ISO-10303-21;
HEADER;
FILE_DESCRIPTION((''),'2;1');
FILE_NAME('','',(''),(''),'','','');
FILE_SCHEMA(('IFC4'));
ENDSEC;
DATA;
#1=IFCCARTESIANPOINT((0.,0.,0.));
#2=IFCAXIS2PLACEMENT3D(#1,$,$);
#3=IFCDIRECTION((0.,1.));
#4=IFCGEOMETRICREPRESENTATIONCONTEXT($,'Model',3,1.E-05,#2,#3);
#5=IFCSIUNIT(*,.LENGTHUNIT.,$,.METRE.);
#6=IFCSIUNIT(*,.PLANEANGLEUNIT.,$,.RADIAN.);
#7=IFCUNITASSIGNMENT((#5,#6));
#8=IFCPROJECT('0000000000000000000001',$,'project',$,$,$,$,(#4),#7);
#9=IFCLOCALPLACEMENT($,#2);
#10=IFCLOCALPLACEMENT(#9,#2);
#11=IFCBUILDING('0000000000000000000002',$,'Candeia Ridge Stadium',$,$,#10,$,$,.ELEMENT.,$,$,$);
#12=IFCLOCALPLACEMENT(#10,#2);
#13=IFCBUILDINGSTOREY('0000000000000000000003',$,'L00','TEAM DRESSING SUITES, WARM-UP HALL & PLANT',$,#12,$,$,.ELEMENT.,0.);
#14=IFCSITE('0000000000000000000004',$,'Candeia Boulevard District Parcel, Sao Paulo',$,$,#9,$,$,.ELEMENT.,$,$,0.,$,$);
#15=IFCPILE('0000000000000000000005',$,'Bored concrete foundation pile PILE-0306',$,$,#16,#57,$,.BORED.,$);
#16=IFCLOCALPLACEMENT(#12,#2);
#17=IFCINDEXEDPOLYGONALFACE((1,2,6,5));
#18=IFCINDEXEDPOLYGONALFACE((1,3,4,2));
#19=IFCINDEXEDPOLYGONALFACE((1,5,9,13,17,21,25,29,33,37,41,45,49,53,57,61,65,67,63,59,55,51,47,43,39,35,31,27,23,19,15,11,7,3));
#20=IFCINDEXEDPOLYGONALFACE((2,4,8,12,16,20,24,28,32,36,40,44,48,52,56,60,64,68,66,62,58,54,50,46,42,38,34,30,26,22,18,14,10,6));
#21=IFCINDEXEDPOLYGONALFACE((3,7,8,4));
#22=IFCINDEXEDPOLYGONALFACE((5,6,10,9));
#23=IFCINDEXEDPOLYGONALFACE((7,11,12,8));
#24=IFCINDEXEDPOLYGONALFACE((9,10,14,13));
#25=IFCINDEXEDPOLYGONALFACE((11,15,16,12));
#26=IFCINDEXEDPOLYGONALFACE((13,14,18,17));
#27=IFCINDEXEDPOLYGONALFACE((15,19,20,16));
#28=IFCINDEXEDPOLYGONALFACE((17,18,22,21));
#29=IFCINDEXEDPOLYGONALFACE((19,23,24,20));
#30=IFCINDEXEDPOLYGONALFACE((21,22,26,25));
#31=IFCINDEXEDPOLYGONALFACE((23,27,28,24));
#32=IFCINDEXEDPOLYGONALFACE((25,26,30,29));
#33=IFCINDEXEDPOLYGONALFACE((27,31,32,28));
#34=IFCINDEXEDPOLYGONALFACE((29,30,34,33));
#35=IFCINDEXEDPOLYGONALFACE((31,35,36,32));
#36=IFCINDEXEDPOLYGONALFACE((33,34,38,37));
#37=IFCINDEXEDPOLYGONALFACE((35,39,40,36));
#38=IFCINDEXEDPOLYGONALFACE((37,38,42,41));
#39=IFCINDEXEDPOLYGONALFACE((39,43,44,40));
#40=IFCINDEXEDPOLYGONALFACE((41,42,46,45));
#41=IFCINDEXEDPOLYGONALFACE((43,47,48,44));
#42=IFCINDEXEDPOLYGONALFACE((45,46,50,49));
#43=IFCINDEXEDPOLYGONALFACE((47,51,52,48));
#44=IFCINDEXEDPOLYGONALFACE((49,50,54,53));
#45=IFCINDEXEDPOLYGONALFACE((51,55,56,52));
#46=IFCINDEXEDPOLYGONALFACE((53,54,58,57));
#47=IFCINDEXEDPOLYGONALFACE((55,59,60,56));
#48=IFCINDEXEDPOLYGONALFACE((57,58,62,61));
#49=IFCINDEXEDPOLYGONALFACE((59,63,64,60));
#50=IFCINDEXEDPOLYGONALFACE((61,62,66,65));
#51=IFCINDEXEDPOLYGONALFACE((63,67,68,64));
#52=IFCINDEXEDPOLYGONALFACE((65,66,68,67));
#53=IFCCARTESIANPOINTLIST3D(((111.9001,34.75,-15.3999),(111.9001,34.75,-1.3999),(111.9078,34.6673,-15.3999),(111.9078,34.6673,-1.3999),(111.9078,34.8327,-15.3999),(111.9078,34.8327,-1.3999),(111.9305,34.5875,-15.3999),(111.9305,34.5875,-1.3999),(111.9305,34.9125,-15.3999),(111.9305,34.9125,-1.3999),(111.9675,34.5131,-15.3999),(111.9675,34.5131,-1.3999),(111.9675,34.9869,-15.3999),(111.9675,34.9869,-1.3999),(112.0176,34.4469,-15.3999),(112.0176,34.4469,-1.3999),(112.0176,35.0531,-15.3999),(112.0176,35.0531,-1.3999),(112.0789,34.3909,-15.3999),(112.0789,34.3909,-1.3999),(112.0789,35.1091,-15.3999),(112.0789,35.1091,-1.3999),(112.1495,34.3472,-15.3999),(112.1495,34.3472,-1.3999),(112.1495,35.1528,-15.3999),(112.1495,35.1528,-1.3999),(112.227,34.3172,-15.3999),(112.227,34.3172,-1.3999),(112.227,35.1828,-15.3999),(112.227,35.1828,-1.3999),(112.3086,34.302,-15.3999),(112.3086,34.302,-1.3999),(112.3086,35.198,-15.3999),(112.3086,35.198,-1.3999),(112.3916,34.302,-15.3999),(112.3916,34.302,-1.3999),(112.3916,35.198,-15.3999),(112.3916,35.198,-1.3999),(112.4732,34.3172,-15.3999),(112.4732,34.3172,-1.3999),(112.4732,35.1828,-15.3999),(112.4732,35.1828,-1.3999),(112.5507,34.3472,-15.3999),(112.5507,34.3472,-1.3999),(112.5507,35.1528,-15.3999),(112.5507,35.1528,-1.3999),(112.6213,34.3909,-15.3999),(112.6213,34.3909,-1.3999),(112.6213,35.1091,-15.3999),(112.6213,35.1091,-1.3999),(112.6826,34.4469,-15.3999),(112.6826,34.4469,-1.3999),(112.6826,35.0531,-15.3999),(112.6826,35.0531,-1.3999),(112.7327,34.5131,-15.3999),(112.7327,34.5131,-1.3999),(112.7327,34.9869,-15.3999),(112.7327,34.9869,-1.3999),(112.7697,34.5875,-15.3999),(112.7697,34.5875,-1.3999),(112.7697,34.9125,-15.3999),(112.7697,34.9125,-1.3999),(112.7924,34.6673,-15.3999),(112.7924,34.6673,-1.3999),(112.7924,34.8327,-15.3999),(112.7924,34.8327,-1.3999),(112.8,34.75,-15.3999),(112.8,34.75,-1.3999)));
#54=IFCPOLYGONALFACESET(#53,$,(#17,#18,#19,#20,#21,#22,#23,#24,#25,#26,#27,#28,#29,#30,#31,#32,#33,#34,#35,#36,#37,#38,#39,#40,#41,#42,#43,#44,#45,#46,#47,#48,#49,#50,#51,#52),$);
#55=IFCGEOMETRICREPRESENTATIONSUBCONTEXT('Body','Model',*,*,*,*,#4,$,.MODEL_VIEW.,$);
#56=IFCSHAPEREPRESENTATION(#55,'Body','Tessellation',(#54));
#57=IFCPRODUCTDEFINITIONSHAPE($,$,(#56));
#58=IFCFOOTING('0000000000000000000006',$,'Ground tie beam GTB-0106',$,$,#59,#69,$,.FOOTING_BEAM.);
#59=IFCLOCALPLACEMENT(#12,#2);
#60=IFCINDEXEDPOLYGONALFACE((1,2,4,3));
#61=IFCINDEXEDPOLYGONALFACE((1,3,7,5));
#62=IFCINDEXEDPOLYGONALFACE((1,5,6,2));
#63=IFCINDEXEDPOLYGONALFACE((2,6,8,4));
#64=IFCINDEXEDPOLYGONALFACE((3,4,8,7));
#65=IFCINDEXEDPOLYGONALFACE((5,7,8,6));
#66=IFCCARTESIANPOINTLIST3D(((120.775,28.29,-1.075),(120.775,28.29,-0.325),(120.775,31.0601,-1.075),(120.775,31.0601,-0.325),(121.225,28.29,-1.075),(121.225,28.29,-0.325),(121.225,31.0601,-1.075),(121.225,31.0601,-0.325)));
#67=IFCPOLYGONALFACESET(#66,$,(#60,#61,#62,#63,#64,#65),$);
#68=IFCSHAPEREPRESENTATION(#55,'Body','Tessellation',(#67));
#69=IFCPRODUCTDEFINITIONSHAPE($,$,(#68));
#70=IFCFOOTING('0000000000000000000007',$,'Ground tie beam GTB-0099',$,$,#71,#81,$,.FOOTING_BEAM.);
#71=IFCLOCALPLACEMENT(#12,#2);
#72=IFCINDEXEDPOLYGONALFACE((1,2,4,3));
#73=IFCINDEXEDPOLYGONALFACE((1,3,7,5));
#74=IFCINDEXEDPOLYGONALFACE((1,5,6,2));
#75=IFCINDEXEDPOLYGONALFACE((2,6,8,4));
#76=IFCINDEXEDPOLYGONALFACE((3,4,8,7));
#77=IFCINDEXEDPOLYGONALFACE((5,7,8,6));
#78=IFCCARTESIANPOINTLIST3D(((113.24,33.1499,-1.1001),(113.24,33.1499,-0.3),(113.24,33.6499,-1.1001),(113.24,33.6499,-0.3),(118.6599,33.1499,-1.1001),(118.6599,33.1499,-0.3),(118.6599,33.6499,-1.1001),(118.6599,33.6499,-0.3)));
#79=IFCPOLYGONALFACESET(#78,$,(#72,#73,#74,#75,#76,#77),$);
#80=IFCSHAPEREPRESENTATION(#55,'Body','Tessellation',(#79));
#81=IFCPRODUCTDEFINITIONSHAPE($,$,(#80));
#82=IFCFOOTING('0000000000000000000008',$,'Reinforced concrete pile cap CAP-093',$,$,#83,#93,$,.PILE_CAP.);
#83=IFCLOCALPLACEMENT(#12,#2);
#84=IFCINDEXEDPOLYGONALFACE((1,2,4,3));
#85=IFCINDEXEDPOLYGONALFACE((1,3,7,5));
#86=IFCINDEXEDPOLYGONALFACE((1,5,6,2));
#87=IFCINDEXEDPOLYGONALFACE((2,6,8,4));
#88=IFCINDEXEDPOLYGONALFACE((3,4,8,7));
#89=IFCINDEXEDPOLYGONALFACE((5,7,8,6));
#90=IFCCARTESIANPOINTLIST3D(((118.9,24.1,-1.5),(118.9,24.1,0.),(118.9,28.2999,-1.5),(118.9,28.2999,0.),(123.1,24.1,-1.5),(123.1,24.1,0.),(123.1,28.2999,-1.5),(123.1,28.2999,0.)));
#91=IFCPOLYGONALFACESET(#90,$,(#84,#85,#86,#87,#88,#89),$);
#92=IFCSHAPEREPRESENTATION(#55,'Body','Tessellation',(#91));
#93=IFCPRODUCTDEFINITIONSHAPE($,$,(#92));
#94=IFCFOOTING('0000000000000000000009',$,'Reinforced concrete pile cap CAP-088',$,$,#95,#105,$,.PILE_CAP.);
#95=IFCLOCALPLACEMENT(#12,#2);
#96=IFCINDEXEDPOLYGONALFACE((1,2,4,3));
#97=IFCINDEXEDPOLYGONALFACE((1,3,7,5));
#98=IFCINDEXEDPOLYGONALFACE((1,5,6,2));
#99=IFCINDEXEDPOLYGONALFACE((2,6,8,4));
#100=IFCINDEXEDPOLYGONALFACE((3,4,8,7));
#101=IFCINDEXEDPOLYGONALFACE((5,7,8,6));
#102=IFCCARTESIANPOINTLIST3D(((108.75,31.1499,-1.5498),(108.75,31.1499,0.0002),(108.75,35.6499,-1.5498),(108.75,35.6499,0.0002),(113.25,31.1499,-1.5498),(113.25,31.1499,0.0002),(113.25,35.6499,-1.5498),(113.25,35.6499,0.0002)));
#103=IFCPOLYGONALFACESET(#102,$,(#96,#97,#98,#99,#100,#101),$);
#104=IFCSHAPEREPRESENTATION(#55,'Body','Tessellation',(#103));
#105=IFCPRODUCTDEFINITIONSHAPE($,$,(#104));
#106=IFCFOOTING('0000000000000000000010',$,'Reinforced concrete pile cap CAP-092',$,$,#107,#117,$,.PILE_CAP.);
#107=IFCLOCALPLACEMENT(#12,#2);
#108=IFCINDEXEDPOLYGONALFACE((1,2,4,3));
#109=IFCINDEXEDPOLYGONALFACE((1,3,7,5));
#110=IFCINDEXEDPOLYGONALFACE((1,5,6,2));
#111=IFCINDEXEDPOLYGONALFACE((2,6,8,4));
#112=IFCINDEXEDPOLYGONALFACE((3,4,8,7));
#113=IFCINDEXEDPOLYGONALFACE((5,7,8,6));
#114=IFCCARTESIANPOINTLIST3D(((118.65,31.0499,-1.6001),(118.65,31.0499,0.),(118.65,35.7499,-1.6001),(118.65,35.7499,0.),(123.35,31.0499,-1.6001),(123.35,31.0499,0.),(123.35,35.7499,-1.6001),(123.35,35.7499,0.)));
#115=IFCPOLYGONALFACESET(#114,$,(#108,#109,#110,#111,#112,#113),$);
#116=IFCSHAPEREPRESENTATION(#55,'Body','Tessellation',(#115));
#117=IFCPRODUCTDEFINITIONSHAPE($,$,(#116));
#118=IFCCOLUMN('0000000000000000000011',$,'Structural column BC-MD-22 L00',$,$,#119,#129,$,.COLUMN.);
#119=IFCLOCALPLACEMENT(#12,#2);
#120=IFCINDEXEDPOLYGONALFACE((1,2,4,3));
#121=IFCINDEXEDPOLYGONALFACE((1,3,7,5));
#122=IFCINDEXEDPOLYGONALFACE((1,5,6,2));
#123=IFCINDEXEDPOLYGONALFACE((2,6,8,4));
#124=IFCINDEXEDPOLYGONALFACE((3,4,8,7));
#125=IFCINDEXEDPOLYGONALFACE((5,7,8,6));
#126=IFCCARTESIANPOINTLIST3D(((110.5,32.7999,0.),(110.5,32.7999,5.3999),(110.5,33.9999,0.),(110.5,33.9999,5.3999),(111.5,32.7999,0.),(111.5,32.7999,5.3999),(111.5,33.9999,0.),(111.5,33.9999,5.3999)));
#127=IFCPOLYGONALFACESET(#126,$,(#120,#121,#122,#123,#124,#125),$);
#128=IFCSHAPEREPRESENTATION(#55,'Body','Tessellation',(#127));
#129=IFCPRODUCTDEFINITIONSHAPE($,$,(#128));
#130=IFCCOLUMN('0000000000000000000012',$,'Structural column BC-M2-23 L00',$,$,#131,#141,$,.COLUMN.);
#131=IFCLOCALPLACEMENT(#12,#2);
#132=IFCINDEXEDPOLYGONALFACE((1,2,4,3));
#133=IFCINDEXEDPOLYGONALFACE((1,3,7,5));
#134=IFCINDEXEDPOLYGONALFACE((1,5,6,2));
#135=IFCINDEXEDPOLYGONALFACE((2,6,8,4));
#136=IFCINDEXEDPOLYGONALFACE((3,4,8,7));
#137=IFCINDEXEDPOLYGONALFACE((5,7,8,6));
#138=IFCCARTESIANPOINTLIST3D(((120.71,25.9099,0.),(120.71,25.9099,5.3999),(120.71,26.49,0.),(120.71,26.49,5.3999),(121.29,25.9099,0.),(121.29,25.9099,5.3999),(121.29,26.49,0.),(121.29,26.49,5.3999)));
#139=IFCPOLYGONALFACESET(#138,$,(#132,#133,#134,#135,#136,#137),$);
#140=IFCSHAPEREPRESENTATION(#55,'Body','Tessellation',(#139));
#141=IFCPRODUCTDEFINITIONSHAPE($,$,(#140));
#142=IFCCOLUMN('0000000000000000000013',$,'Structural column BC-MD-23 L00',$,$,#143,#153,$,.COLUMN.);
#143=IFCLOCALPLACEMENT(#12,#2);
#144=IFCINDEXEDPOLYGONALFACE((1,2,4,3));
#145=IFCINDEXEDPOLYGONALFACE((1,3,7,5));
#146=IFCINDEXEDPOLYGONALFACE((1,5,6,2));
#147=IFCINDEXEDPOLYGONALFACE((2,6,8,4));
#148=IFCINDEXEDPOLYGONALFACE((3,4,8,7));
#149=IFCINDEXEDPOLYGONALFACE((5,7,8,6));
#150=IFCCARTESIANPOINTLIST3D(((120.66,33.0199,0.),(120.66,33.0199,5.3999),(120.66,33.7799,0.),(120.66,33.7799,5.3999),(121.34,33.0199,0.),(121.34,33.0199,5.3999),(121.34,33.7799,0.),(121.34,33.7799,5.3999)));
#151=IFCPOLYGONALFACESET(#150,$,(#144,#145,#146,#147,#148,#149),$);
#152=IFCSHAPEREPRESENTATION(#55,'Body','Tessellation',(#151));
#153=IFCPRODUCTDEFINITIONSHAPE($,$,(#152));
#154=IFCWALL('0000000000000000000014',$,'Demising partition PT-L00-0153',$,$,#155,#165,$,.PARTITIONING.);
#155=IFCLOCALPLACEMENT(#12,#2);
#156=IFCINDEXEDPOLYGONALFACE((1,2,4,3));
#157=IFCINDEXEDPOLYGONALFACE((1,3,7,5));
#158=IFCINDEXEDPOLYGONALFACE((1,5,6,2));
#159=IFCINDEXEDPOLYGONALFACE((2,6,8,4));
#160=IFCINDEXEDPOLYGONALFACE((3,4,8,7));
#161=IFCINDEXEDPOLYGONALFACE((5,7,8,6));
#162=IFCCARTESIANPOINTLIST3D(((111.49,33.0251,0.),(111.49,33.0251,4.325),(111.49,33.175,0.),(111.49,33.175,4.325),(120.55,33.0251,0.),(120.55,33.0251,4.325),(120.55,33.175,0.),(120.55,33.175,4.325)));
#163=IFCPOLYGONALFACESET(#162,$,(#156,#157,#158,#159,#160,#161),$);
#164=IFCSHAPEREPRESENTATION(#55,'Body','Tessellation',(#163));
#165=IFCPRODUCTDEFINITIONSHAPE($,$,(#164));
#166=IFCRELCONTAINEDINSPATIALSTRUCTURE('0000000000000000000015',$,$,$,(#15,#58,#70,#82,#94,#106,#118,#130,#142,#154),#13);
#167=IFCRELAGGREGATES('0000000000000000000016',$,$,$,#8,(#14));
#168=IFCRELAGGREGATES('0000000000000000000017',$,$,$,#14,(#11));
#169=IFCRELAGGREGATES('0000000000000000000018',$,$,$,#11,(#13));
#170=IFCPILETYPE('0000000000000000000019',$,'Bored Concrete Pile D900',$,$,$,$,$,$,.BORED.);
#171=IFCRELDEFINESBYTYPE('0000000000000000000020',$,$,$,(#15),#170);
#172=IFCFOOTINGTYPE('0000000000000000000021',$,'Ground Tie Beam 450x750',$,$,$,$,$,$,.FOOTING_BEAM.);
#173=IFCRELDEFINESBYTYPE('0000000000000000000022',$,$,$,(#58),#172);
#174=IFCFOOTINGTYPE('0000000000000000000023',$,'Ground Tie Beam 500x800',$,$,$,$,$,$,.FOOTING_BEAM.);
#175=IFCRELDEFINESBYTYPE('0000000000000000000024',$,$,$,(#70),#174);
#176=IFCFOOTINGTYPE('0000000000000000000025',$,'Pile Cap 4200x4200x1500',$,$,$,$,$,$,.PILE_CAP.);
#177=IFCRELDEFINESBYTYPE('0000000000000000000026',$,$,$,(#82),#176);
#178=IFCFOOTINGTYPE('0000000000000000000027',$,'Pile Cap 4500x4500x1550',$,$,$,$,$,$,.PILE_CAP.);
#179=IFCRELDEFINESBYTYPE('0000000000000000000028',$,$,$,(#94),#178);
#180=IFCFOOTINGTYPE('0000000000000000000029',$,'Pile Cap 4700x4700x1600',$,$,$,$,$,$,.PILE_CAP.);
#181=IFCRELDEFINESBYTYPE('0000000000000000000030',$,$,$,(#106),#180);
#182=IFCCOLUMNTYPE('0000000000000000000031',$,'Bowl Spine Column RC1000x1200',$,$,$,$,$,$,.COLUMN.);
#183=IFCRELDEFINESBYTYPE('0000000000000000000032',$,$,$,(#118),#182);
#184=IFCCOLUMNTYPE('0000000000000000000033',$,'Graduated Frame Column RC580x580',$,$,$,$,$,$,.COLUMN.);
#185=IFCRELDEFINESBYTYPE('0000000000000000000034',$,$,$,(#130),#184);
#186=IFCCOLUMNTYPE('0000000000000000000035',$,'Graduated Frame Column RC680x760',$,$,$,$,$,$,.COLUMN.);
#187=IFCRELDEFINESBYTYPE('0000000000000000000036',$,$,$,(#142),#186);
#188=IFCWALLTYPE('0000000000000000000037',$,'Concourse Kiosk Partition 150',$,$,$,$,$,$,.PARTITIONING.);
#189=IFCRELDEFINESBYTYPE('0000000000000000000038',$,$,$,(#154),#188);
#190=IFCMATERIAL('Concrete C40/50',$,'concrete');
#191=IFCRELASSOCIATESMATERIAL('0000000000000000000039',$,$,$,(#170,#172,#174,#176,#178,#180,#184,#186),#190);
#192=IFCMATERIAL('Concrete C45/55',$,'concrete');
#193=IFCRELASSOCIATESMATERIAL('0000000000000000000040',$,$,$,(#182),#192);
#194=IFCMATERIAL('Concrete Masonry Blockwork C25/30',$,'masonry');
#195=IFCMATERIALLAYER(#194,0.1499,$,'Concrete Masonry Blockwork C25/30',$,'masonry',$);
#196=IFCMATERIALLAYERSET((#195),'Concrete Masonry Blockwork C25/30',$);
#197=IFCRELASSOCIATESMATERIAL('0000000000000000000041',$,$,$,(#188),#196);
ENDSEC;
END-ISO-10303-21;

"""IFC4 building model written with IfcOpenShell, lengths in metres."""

from ifc_helpers import new_model, si_unit, direction, frame, frame_2d, origin, origin_2d, place, context, subcontext, project, spatial, rectangle, circle, extrude, material, layer, layer_set, material_profile, profile_set, type_object, element, save


model = new_model("IFC4")

# Units and contexts
model_context = context("Model", 3, precision=1e-05, world=origin(), true_north=direction((0.0, 1.0)))
body_context = subcontext(model_context, "Body", "Model", "MODEL_VIEW")
ifc_project = project(units=[si_unit("LENGTHUNIT", "METRE"), si_unit("PLANEANGLEUNIT", "RADIAN")], contexts=[model_context])

# Site, building, storey
site_placement = place(None, origin())
site = spatial("IfcSite", under=ifc_project, at=site_placement, Name="Candeia Boulevard District Parcel, Sao Paulo", CompositionType="ELEMENT", RefElevation=0.0)
building_placement = place(site_placement, origin())
building = spatial("IfcBuilding", under=site, at=building_placement, Name="Candeia Ridge Stadium", CompositionType="ELEMENT")
storey_placement = place(building_placement, origin())
storey = spatial("IfcBuildingStorey", under=building, at=storey_placement, Name="L00", Description="TEAM DRESSING SUITES, WARM-UP HALL & PLANT", CompositionType="ELEMENT", Elevation=0.0)

# Pile
ifc_material_1 = material(Name="Concrete C40/50", Category="concrete")
ifc_material_profile_1 = material_profile(ifc_material_1, circle(Radius=0.45, at=origin_2d()), Name="PILE-D900", Category="concrete")
ifc_profile_set_1 = profile_set([ifc_material_profile_1], Name="Concrete C40/50")
pile_type_1 = type_object("IfcPileType", Name="Bored Concrete Pile D900", PredefinedType="BORED", material=ifc_profile_set_1)
for number, where, z_axis, x_axis, name in (
    (1, (112.3501, 34.75, -1.3999), (0.0, 0.0, -1.0), (1.0, 0.0, 0.0), "Bored concrete foundation pile PILE-0306"),
):
    element("IfcPile", number, at=place(storey_placement, frame(where, z_axis=z_axis, x_axis=x_axis)), inside=storey, type_object=pile_type_1, Name=name, PredefinedType="BORED", context=body_context, shape_type="SweptSolid", body=[
        extrude(circle(Radius=0.45, at=origin_2d()), origin(), (0.0, 0.0, 1.0), 14.0),
    ])

# Footings
footing_type_1 = type_object("IfcFootingType", Name="Ground Tie Beam 450x750", PredefinedType="FOOTING_BEAM", material=ifc_material_1)
footing_1_placement = place(storey_placement, frame((121.0, 29.675, -1.075), z_axis=(0.0, 0.0, 1.0), x_axis=(0.0, -1.0, 0.0)))
element("IfcFooting", 2, at=footing_1_placement, inside=storey, type_object=footing_type_1, Name="Ground tie beam GTB-0106", PredefinedType="FOOTING_BEAM", context=body_context, shape_type="SweptSolid", body=[
    extrude(rectangle(XDim=2.77, YDim=0.45, at=origin_2d()), origin(), (0.0, 0.0, 1.0), 0.75),
])
footing_type_2 = type_object("IfcFootingType", Name="Ground Tie Beam 500x800", PredefinedType="FOOTING_BEAM", material=ifc_material_1)
footing_2_placement = place(storey_placement, frame((115.95, 33.3999, -1.1001), z_axis=(0.0, 0.0, 1.0), x_axis=(1.0, 0.0, 0.0)))
element("IfcFooting", 3, at=footing_2_placement, inside=storey, type_object=footing_type_2, Name="Ground tie beam GTB-0099", PredefinedType="FOOTING_BEAM", context=body_context, shape_type="SweptSolid", body=[
    extrude(rectangle(XDim=5.4199, YDim=0.5, at=origin_2d()), origin(), (0.0, 0.0, 1.0), 0.8),
])
footing_type_3 = type_object("IfcFootingType", Name="Pile Cap 4200x4200x1500", PredefinedType="PILE_CAP", material=ifc_material_1)
footing_3_placement = place(storey_placement, frame((121.0, 26.2, -1.5), z_axis=(0.0, 0.0, 1.0), x_axis=(1.0, 0.0, 0.0)))
element("IfcFooting", 4, at=footing_3_placement, inside=storey, type_object=footing_type_3, Name="Reinforced concrete pile cap CAP-093", PredefinedType="PILE_CAP", context=body_context, shape_type="SweptSolid", body=[
    extrude(rectangle(XDim=4.2, YDim=4.2, at=origin_2d()), origin(), (0.0, 0.0, 1.0), 1.5),
])
footing_type_4 = type_object("IfcFootingType", Name="Pile Cap 4500x4500x1550", PredefinedType="PILE_CAP", material=ifc_material_1)
footing_4_placement = place(storey_placement, frame((111.0, 33.3999, -1.5498), z_axis=(0.0, 0.0, 1.0), x_axis=(1.0, 0.0, 0.0)))
element("IfcFooting", 5, at=footing_4_placement, inside=storey, type_object=footing_type_4, Name="Reinforced concrete pile cap CAP-088", PredefinedType="PILE_CAP", context=body_context, shape_type="SweptSolid", body=[
    extrude(rectangle(XDim=4.5, YDim=4.5, at=origin_2d()), origin(), (0.0, 0.0, 1.0), 1.55),
])
footing_type_5 = type_object("IfcFootingType", Name="Pile Cap 4700x4700x1600", PredefinedType="PILE_CAP", material=ifc_material_1)
footing_5_placement = place(storey_placement, frame((121.0, 33.3999, -1.6001), z_axis=(0.0, 0.0, 1.0), x_axis=(1.0, 0.0, 0.0)))
element("IfcFooting", 6, at=footing_5_placement, inside=storey, type_object=footing_type_5, Name="Reinforced concrete pile cap CAP-092", PredefinedType="PILE_CAP", context=body_context, shape_type="SweptSolid", body=[
    extrude(rectangle(XDim=4.7, YDim=4.7, at=origin_2d()), origin(), (0.0, 0.0, 1.0), 1.6001),
])

# Columns
ifc_material_2 = material(Name="Concrete C45/55", Category="concrete")
ifc_material_profile_2 = material_profile(ifc_material_2, rectangle(XDim=1.0, YDim=1.2, at=origin_2d()), Name="RC1000x1200", Category="concrete")
ifc_profile_set_2 = profile_set([ifc_material_profile_2], Name="Concrete C45/55")
column_type_1 = type_object("IfcColumnType", Name="Bowl Spine Column RC1000x1200", PredefinedType="COLUMN", material=ifc_profile_set_2)
column_1_placement = place(storey_placement, frame((111.0, 33.3999, 0.0), z_axis=(0.0, 0.0, 1.0), x_axis=(1.0, 0.0, 0.0)))
element("IfcColumn", 7, at=column_1_placement, inside=storey, type_object=column_type_1, Name="Structural column BC-MD-22 L00", PredefinedType="COLUMN", context=body_context, shape_type="SweptSolid", body=[
    extrude(rectangle(XDim=1.0, YDim=1.2, at=origin_2d()), origin(), (0.0, 0.0, 1.0), 5.3999),
])
ifc_material_profile_3 = material_profile(ifc_material_1, rectangle(XDim=0.5801, YDim=0.5801, at=origin_2d()), Name="RC580x580", Category="concrete")
ifc_profile_set_3 = profile_set([ifc_material_profile_3], Name="Concrete C40/50")
column_type_2 = type_object("IfcColumnType", Name="Graduated Frame Column RC580x580", PredefinedType="COLUMN", material=ifc_profile_set_3)
column_2_placement = place(storey_placement, frame((121.0, 26.2, 0.0), z_axis=(0.0, 0.0, 1.0), x_axis=(1.0, 0.0, 0.0)))
element("IfcColumn", 8, at=column_2_placement, inside=storey, type_object=column_type_2, Name="Structural column BC-M2-23 L00", PredefinedType="COLUMN", context=body_context, shape_type="SweptSolid", body=[
    extrude(rectangle(XDim=0.5801, YDim=0.5801, at=origin_2d()), origin(), (0.0, 0.0, 1.0), 5.3999),
])
ifc_material_profile_4 = material_profile(ifc_material_1, rectangle(XDim=0.6799, YDim=0.76, at=origin_2d()), Name="RC680x760", Category="concrete")
ifc_profile_set_4 = profile_set([ifc_material_profile_4], Name="Concrete C40/50")
column_type_3 = type_object("IfcColumnType", Name="Graduated Frame Column RC680x760", PredefinedType="COLUMN", material=ifc_profile_set_4)
column_3_placement = place(storey_placement, frame((121.0, 33.3999, 0.0), z_axis=(0.0, 0.0, 1.0), x_axis=(1.0, 0.0, 0.0)))
element("IfcColumn", 9, at=column_3_placement, inside=storey, type_object=column_type_3, Name="Structural column BC-MD-23 L00", PredefinedType="COLUMN", context=body_context, shape_type="SweptSolid", body=[
    extrude(rectangle(XDim=0.6799, YDim=0.76, at=origin_2d()), origin(), (0.0, 0.0, 1.0), 5.3999),
])

# Wall
ifc_material_3 = material(Name="Concrete Masonry Blockwork C25/30", Category="masonry")
ifc_layer_1 = layer(ifc_material_3, 0.1499, Name="Concrete Masonry Blockwork C25/30", Category="masonry")
ifc_layer_set_1 = layer_set([ifc_layer_1], Name="Concrete Masonry Blockwork C25/30")
wall_type_1 = type_object("IfcWallType", Name="Concourse Kiosk Partition 150", PredefinedType="PARTITIONING", material=ifc_layer_set_1)
wall_1_placement = place(storey_placement, frame((111.49, 33.1001, 0.0), z_axis=(0.0, 0.0, 1.0), x_axis=(1.0, 0.0, 0.0)))
element("IfcWall", 10, at=wall_1_placement, inside=storey, type_object=wall_type_1, Name="Demising partition PT-L00-0153", PredefinedType="PARTITIONING", context=body_context, shape_type="SweptSolid", body=[
    extrude(rectangle(XDim=9.0601, YDim=0.1499, at=frame_2d((4.53, 0.0))), origin(), (0.0, 0.0, 1.0), 4.325),
])

save(model, "model.ifc")
